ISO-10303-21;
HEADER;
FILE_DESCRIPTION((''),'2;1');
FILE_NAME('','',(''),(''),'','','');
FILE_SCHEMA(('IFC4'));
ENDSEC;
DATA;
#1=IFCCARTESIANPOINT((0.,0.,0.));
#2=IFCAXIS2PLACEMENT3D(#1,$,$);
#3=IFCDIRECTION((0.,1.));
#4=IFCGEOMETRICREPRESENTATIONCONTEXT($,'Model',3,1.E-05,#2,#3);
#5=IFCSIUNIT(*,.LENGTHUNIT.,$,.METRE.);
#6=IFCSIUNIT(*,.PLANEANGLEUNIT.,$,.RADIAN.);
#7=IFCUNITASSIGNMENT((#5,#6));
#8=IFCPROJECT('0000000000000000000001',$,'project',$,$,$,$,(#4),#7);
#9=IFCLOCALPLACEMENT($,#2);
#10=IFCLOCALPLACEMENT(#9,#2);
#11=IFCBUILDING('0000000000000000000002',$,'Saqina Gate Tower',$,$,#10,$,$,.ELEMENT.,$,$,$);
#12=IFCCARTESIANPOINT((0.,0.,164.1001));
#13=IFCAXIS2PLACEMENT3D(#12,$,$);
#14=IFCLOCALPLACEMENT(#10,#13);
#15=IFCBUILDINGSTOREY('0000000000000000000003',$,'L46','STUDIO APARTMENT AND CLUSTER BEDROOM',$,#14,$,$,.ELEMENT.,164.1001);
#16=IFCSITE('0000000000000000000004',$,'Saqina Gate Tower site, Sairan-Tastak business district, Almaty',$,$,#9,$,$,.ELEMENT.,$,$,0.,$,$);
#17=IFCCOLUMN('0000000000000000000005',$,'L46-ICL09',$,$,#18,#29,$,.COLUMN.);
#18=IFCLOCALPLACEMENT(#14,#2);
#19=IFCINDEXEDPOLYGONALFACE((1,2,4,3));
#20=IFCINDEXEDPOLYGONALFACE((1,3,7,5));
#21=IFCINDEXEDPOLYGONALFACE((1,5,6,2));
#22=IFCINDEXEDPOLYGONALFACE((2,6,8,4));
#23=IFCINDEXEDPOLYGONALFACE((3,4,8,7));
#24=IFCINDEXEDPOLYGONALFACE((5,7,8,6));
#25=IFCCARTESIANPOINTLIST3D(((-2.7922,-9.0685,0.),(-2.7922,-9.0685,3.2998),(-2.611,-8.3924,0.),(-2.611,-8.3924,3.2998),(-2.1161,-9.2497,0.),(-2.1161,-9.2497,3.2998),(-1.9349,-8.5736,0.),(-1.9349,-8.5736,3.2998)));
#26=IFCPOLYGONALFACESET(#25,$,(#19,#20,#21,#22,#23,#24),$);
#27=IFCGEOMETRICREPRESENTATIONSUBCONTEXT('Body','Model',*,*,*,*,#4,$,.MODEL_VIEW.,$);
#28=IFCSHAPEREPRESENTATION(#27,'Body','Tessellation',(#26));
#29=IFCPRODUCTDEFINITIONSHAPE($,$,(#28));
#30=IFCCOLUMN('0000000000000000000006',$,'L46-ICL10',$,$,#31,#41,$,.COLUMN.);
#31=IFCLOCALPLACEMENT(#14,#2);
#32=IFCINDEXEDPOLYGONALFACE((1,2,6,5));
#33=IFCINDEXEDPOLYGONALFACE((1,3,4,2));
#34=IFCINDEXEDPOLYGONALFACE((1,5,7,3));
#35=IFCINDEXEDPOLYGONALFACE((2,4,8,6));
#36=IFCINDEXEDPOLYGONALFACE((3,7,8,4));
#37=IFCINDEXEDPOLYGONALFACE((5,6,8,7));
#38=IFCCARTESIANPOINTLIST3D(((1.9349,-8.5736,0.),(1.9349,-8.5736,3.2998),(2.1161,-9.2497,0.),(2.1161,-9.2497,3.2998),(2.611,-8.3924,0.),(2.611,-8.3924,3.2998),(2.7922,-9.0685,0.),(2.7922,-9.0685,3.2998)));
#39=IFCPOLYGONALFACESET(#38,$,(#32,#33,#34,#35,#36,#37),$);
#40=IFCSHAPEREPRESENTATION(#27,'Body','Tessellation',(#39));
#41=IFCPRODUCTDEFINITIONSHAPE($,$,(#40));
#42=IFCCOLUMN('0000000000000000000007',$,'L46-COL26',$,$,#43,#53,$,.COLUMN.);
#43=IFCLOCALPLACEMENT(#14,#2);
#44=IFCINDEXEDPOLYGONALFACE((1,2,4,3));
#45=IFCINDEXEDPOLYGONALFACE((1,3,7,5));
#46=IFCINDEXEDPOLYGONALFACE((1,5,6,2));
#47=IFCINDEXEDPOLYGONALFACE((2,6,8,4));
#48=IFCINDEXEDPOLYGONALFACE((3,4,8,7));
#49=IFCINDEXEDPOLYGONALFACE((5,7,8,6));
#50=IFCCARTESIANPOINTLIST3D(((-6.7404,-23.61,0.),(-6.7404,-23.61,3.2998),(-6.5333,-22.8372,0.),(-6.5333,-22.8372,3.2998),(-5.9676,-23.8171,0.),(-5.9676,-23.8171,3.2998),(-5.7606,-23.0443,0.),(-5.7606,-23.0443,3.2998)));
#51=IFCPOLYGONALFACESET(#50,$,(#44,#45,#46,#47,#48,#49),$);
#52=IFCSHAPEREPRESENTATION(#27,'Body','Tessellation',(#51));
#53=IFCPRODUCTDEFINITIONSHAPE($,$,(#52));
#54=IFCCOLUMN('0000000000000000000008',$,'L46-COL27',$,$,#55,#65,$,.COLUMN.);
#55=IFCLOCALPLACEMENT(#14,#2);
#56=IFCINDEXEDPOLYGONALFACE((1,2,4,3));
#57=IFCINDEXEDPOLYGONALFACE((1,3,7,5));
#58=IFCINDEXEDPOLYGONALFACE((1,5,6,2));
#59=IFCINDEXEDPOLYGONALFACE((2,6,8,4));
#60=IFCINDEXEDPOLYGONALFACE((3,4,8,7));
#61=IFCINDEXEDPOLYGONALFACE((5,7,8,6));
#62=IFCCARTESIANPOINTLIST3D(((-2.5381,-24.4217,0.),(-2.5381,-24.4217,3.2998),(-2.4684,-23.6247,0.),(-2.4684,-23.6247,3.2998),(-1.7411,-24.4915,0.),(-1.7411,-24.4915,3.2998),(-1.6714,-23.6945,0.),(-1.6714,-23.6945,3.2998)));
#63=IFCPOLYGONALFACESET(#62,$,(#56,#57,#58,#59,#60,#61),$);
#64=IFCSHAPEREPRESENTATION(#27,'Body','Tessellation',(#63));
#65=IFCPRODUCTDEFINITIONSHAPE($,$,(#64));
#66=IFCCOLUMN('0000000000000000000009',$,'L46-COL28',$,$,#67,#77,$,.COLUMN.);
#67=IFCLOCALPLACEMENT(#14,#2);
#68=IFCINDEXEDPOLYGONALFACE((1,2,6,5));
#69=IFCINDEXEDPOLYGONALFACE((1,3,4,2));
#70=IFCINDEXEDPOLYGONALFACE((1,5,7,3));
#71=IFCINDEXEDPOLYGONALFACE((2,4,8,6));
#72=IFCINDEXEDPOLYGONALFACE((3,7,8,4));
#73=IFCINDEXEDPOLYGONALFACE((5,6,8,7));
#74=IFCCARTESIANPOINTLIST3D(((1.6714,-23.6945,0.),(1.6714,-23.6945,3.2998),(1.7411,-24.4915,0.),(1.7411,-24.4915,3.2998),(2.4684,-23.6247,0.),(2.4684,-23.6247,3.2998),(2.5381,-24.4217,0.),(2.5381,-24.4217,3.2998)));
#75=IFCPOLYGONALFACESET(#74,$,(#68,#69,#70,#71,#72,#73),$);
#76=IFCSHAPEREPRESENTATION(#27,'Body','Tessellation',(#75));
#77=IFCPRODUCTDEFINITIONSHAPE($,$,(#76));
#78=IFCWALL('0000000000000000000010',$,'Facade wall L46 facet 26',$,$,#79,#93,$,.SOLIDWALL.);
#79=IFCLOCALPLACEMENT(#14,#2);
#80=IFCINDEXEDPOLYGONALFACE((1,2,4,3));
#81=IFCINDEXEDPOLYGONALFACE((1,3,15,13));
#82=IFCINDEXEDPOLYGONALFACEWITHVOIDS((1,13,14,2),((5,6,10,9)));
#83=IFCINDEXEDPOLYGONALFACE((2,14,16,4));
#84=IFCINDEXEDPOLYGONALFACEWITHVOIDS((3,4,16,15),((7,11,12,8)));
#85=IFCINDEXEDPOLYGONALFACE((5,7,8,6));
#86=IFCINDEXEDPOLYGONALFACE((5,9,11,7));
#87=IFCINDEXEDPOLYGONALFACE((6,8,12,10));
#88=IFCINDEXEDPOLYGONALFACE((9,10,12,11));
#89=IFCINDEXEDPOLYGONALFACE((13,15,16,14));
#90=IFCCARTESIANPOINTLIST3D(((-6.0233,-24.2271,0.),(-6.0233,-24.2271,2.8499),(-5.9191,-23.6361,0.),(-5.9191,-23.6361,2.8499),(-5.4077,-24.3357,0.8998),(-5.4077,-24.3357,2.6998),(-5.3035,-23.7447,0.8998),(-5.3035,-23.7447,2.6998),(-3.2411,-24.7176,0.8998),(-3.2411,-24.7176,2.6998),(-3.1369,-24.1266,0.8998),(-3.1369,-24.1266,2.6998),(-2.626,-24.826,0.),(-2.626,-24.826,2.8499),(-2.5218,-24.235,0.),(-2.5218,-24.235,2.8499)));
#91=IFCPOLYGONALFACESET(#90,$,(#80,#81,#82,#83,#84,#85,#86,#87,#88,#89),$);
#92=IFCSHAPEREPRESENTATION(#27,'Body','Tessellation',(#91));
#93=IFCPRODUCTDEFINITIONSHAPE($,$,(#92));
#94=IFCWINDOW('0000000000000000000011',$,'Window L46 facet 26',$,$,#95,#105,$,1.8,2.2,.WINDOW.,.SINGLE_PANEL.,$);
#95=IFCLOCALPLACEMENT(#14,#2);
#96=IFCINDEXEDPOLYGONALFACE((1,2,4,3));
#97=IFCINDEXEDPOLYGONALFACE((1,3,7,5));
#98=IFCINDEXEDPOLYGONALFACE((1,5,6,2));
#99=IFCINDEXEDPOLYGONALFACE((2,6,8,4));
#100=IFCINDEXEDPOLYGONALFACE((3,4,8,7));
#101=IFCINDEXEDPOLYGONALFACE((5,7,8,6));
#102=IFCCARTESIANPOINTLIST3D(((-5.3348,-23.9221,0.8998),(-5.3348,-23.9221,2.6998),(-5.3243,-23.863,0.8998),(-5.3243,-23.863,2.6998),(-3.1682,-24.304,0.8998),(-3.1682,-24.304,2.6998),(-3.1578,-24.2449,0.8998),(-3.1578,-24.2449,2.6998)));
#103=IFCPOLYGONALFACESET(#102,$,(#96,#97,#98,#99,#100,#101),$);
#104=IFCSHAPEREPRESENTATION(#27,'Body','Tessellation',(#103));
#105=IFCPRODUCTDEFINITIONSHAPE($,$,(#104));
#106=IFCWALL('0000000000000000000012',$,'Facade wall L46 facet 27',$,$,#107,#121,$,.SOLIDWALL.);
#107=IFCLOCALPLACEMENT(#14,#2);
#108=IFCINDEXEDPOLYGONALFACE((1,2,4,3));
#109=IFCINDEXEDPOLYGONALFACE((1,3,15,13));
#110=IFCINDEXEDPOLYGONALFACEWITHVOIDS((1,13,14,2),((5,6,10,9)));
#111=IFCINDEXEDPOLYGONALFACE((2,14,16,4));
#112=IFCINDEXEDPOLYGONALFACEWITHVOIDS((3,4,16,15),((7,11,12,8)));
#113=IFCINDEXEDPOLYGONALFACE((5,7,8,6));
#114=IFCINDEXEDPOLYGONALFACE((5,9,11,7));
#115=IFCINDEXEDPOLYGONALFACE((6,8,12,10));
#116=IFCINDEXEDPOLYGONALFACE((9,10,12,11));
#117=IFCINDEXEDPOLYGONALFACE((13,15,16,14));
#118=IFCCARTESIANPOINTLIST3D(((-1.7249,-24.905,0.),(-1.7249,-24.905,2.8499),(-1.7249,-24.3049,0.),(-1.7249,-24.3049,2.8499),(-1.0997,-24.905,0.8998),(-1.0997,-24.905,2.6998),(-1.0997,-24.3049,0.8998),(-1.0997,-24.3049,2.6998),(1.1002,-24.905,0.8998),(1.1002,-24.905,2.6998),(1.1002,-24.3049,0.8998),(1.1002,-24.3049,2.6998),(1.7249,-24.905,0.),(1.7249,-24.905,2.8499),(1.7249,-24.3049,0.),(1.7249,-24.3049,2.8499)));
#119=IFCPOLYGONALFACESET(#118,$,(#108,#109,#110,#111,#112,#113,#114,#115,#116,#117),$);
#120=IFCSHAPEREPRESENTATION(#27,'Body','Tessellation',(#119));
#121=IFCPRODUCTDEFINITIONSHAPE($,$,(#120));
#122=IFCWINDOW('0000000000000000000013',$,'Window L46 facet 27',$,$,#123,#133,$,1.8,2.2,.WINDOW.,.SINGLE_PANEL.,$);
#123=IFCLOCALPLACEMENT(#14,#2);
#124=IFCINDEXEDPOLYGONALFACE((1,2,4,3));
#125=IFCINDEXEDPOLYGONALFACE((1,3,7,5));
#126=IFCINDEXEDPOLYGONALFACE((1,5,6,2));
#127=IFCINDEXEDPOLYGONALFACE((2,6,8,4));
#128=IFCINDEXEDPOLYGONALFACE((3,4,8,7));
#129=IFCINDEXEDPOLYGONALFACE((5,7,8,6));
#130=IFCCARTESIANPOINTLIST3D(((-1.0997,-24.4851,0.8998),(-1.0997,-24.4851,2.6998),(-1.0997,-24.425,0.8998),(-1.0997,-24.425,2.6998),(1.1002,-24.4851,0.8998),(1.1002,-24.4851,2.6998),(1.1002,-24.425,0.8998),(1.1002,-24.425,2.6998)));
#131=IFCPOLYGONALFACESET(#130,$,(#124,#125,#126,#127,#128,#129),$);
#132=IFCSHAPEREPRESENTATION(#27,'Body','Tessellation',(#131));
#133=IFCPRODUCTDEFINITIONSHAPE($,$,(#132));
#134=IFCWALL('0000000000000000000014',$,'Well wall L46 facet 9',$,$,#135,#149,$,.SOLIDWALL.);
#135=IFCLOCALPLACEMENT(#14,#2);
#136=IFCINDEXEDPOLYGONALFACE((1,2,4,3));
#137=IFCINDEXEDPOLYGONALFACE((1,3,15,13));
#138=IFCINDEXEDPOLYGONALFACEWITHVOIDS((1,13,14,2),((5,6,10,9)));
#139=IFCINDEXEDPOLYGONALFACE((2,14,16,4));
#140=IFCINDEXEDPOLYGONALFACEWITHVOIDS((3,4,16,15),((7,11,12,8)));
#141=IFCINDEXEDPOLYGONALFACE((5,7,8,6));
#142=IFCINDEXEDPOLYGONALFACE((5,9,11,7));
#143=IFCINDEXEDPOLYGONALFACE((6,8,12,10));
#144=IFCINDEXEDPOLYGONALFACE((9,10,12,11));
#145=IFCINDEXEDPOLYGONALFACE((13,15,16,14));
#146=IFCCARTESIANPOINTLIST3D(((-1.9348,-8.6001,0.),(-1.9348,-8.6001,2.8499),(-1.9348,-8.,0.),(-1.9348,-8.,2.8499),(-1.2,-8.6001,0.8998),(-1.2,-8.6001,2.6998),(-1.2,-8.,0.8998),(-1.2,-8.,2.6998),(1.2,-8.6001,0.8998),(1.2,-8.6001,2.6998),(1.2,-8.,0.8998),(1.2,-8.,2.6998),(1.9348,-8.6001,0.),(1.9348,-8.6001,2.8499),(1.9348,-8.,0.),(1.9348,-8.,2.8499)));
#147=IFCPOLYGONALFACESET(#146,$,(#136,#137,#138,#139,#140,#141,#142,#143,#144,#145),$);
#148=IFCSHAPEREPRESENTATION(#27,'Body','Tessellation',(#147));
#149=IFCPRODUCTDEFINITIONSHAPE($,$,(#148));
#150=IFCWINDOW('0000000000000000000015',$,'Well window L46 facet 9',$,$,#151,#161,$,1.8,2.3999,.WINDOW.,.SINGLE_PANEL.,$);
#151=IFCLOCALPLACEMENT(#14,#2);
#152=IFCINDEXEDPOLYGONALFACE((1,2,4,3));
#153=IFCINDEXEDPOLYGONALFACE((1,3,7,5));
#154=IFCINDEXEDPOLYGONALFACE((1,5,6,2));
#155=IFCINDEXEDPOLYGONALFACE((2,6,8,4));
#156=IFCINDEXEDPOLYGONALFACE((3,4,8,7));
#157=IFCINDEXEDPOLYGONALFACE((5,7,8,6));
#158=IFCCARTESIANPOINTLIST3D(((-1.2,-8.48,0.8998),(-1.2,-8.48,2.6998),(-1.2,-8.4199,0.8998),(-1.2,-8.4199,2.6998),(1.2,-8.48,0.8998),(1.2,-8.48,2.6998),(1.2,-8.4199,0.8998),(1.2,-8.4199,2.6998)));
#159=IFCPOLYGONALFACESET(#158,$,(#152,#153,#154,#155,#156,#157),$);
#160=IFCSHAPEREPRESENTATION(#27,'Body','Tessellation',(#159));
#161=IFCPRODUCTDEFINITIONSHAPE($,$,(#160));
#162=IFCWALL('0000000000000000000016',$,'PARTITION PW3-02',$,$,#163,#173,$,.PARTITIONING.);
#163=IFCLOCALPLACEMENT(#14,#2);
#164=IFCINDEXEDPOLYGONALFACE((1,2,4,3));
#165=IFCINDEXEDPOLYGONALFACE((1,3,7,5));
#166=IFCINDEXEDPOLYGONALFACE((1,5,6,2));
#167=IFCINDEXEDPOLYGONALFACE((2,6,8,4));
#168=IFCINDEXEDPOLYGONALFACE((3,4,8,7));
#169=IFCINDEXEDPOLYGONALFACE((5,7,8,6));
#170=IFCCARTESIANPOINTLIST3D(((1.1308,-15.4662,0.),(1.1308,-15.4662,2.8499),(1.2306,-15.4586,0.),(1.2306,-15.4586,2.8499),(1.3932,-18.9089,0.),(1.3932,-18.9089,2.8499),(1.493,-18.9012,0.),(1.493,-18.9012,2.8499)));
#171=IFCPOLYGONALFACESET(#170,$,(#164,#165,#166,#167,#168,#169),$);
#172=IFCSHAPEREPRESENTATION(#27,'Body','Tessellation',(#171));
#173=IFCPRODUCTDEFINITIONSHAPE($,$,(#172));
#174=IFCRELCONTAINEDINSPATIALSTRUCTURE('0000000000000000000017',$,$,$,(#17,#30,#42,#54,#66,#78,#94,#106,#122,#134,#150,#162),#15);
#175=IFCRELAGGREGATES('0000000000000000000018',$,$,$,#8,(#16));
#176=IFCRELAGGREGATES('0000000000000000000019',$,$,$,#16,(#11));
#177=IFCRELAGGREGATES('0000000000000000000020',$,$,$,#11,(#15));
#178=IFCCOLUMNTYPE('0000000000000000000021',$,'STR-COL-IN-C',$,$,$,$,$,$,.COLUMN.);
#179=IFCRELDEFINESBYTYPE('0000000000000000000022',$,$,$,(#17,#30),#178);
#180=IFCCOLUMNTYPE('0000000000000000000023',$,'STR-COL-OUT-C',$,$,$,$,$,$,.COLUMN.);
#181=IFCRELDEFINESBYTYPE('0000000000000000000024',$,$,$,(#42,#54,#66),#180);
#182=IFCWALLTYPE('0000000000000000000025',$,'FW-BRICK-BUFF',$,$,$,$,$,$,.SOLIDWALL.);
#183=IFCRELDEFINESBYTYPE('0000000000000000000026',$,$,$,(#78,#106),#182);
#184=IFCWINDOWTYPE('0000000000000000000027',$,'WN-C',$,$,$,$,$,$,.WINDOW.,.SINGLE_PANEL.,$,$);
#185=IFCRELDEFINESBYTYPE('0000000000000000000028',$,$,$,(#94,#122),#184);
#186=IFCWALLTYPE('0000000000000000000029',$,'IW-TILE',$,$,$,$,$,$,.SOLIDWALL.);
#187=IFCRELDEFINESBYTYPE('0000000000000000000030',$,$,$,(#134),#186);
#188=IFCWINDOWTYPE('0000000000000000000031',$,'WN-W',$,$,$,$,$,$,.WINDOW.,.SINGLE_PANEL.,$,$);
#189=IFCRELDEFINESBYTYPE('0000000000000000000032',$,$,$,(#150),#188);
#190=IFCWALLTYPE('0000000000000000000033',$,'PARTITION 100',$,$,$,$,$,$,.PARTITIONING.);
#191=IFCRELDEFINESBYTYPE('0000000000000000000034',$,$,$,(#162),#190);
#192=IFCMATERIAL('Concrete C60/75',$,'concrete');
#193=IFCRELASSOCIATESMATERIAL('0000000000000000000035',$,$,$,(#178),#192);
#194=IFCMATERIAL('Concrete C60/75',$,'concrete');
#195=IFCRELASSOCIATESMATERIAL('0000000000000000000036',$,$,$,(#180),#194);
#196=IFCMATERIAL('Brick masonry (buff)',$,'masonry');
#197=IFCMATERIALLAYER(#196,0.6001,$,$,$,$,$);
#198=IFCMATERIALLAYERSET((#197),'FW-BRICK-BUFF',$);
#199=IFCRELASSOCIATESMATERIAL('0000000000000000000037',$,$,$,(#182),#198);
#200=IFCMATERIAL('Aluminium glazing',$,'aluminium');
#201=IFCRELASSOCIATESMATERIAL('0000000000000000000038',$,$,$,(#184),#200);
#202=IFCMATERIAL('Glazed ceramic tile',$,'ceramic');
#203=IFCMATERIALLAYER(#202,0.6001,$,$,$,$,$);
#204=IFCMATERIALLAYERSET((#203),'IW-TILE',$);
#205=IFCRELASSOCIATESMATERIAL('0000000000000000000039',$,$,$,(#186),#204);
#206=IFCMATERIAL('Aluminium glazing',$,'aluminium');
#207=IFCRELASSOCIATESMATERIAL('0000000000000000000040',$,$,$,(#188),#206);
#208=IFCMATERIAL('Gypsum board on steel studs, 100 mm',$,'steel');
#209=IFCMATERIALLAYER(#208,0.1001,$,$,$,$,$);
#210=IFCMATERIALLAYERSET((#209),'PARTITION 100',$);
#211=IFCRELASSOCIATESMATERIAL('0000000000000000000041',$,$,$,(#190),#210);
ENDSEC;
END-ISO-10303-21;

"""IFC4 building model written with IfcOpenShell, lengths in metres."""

from ifc_helpers import new_model, si_unit, direction, frame, frame_2d, origin, origin_2d, place, context, subcontext, project, spatial, rectangle, extrude, material, layer, layer_set, material_profile, profile_set, type_object, element, fill, save


model = new_model("IFC4")

# Units and contexts
model_context = context("Model", 3, precision=1e-05, world=origin(), true_north=direction((0.0, 1.0)))
body_context = subcontext(model_context, "Body", "Model", "MODEL_VIEW")
ifc_project = project(units=[si_unit("LENGTHUNIT", "METRE"), si_unit("PLANEANGLEUNIT", "RADIAN")], contexts=[model_context])

# Site, building, storey
site_placement = place(None, origin())
site = spatial("IfcSite", under=ifc_project, at=site_placement, Name="Saqina Gate Tower site, Sairan-Tastak business district, Almaty", CompositionType="ELEMENT", RefElevation=0.0)
building_placement = place(site_placement, origin())
building = spatial("IfcBuilding", under=site, at=building_placement, Name="Saqina Gate Tower", CompositionType="ELEMENT")
storey_placement = place(building_placement, frame((0.0, 0.0, 164.1001)))
storey = spatial("IfcBuildingStorey", under=building, at=storey_placement, Name="L46", Description="STUDIO APARTMENT AND CLUSTER BEDROOM", CompositionType="ELEMENT", Elevation=164.1001)

# Columns
ifc_material_1 = material(Name="Concrete C60/75", Category="concrete")
ifc_material_profile_1 = material_profile(ifc_material_1, rectangle(XDim=0.7, YDim=0.7, at=origin_2d()), Name="RC 700x700")
ifc_profile_set_1 = profile_set([ifc_material_profile_1], Name="Concrete C60/75")
column_type_1 = type_object("IfcColumnType", Name="STR-COL-IN-C", PredefinedType="COLUMN", material=ifc_profile_set_1)
for number, where, z_axis, x_axis, name in (
    (1, (-2.3635, -8.821, 0.0), (0.0, 0.0, 1.0), (-0.258819, -0.965926, 0.0), "L46-ICL09"),
    (2, (2.3635, -8.821, 0.0), (0.0, 0.0, 1.0), (0.258819, -0.965926, 0.0), "L46-ICL10"),
):
    element("IfcColumn", number, at=place(storey_placement, frame(where, z_axis=z_axis, x_axis=x_axis)), inside=storey, type_object=column_type_1, Name=name, PredefinedType="COLUMN", context=body_context, shape_type="SweptSolid", body=[
        extrude(rectangle(XDim=0.7, YDim=0.7, at=origin_2d()), origin(), (0.0, 0.0, 1.0), 3.2998),
    ])
ifc_material_2 = material(Name="Concrete C60/75", Category="concrete")
ifc_material_profile_2 = material_profile(ifc_material_2, rectangle(XDim=0.8, YDim=0.8, at=origin_2d()), Name="RC 800x800")
ifc_profile_set_2 = profile_set([ifc_material_profile_2], Name="Concrete C60/75")
column_type_2 = type_object("IfcColumnType", Name="STR-COL-OUT-C", PredefinedType="COLUMN", material=ifc_profile_set_2)
for number, where, z_axis, x_axis, name in (
    (3, (-6.2505, -23.3271, 0.0), (0.0, 0.0, 1.0), (-0.258819, -0.965926, 0.0), "L46-COL26"),
    (4, (-2.1047, -24.0581, 0.0), (0.0, 0.0, 1.0), (-0.087156, -0.996195, 0.0), "L46-COL27"),
    (5, (2.1047, -24.0581, 0.0), (0.0, 0.0, 1.0), (0.087156, -0.996195, 0.0), "L46-COL28"),
):
    element("IfcColumn", number, at=place(storey_placement, frame(where, z_axis=z_axis, x_axis=x_axis)), inside=storey, type_object=column_type_2, Name=name, PredefinedType="COLUMN", context=body_context, shape_type="SweptSolid", body=[
        extrude(rectangle(XDim=0.8, YDim=0.8, at=origin_2d()), origin(), (0.0, 0.0, 1.0), 3.2998),
    ])

# Walls, openings, windows
ifc_material_3 = material(Name="Brick masonry (buff)", Category="masonry")
ifc_layer_1 = layer(ifc_material_3, 0.6001)
ifc_layer_set_1 = layer_set([ifc_layer_1], Name="FW-BRICK-BUFF")
wall_type_1 = type_object("IfcWallType", Name="FW-BRICK-BUFF", PredefinedType="SOLIDWALL", material=ifc_layer_set_1)
wall_1_placement = place(storey_placement, frame((-5.9712, -23.9316, 0.0), z_axis=(0.0, 0.0, 1.0), x_axis=(0.984815, -0.173608, 0.0)))
wall_1 = element("IfcWall", 6, at=wall_1_placement, inside=storey, type_object=wall_type_1, Name="Facade wall L46 facet 26", PredefinedType="SOLIDWALL", context=body_context, shape_type="SweptSolid", body=[
    extrude(rectangle(XDim=3.4497, YDim=0.6001, at=frame_2d((1.7249, 0.0))), origin(), (0.0, 0.0, 1.0), 2.8499),
])
opening_1_placement = place(wall_1_placement, frame((0.625, 0.0, 0.8999)))
opening_1 = element("IfcOpeningElement", 7, at=opening_1_placement, cuts=wall_1, PredefinedType="OPENING", context=body_context, shape_type="SweptSolid", body=[
    extrude(rectangle(XDim=2.2, YDim=1.8, at=frame_2d((1.1001, 0.8999))), frame((0.0, 0.312, 0.0), z_axis=(0.0, -1.0, 0.0), x_axis=(1.0, 0.0, 0.0)), (0.0, 0.0, 1.0), 0.624),
])
ifc_material_4 = material(Name="Aluminium glazing", Category="aluminium")
window_type_1 = type_object("IfcWindowType", Name="WN-C", PartitioningType="SINGLE_PANEL", PredefinedType="WINDOW", material=ifc_material_4)
window_1_placement = place(opening_1_placement, origin())
window_1 = element("IfcWindow", 8, at=window_1_placement, inside=storey, type_object=window_type_1, Name="Window L46 facet 26", OverallHeight=1.8, OverallWidth=2.2, PartitioningType="SINGLE_PANEL", PredefinedType="WINDOW", context=body_context, shape_type="SweptSolid", body=[
    extrude(rectangle(XDim=2.2, YDim=1.8, at=frame_2d((1.1001, 0.8999))), frame((0.0, 0.1799, 0.0), z_axis=(0.0, -1.0, 0.0), x_axis=(1.0, 0.0, 0.0)), (0.0, 0.0, 1.0), 0.0601),
])
fill(opening_1, window_1)
wall_2_placement = place(storey_placement, frame((-1.7249, -24.605, 0.0), z_axis=(0.0, 0.0, 1.0), x_axis=(1.0, 0.0, 0.0)))
wall_2 = element("IfcWall", 9, at=wall_2_placement, inside=storey, type_object=wall_type_1, Name="Facade wall L46 facet 27", PredefinedType="SOLIDWALL", context=body_context, shape_type="SweptSolid", body=[
    extrude(rectangle(XDim=3.4497, YDim=0.6001, at=frame_2d((1.7249, 0.0))), origin(), (0.0, 0.0, 1.0), 2.8499),
])
opening_2_placement = place(wall_2_placement, frame((0.625, 0.0, 0.8999)))
opening_2 = element("IfcOpeningElement", 10, at=opening_2_placement, cuts=wall_2, PredefinedType="OPENING", context=body_context, shape_type="SweptSolid", body=[
    extrude(rectangle(XDim=2.2, YDim=1.8, at=frame_2d((1.1001, 0.8999))), frame((0.0, 0.312, 0.0), z_axis=(0.0, -1.0, 0.0), x_axis=(1.0, 0.0, 0.0)), (0.0, 0.0, 1.0), 0.624),
])
window_2_placement = place(opening_2_placement, origin())
window_2 = element("IfcWindow", 11, at=window_2_placement, inside=storey, type_object=window_type_1, Name="Window L46 facet 27", OverallHeight=1.8, OverallWidth=2.2, PartitioningType="SINGLE_PANEL", PredefinedType="WINDOW", context=body_context, shape_type="SweptSolid", body=[
    extrude(rectangle(XDim=2.2, YDim=1.8, at=frame_2d((1.1001, 0.8999))), frame((0.0, 0.1799, 0.0), z_axis=(0.0, -1.0, 0.0), x_axis=(1.0, 0.0, 0.0)), (0.0, 0.0, 1.0), 0.0601),
])
fill(opening_2, window_2)
ifc_material_5 = material(Name="Glazed ceramic tile", Category="ceramic")
ifc_layer_2 = layer(ifc_material_5, 0.6001)
ifc_layer_set_2 = layer_set([ifc_layer_2], Name="IW-TILE")
wall_type_2 = type_object("IfcWallType", Name="IW-TILE", PredefinedType="SOLIDWALL", material=ifc_layer_set_2)
wall_3_placement = place(storey_placement, frame((-1.9348, -8.3, 0.0), z_axis=(0.0, 0.0, 1.0), x_axis=(1.0, 0.0, 0.0)))
wall_3 = element("IfcWall", 12, at=wall_3_placement, inside=storey, type_object=wall_type_2, Name="Well wall L46 facet 9", PredefinedType="SOLIDWALL", context=body_context, shape_type="SweptSolid", body=[
    extrude(rectangle(XDim=3.8696, YDim=0.6001, at=frame_2d((1.9348, 0.0))), origin(), (0.0, 0.0, 1.0), 2.8499),
])
opening_3_placement = place(wall_3_placement, frame((0.7349, 0.0, 0.8999)))
opening_3 = element("IfcOpeningElement", 13, at=opening_3_placement, cuts=wall_3, PredefinedType="OPENING", context=body_context, shape_type="SweptSolid", body=[
    extrude(rectangle(XDim=2.3999, YDim=1.8, at=frame_2d((1.2, 0.8999))), frame((0.0, 0.312, 0.0), z_axis=(0.0, -1.0, 0.0), x_axis=(1.0, 0.0, 0.0)), (0.0, 0.0, 1.0), 0.624),
])
ifc_material_6 = material(Name="Aluminium glazing", Category="aluminium")
window_type_2 = type_object("IfcWindowType", Name="WN-W", PartitioningType="SINGLE_PANEL", PredefinedType="WINDOW", material=ifc_material_6)
window_3_placement = place(opening_3_placement, origin())
window_3 = element("IfcWindow", 14, at=window_3_placement, inside=storey, type_object=window_type_2, Name="Well window L46 facet 9", OverallHeight=1.8, OverallWidth=2.3999, PartitioningType="SINGLE_PANEL", PredefinedType="WINDOW", context=body_context, shape_type="SweptSolid", body=[
    extrude(rectangle(XDim=2.3999, YDim=1.8, at=frame_2d((1.2, 0.8999))), frame((0.0, -0.1199, 0.0), z_axis=(0.0, -1.0, 0.0), x_axis=(1.0, 0.0, 0.0)), (0.0, 0.0, 1.0), 0.0601),
])
fill(opening_3, window_3)

# Wall
ifc_material_7 = material(Name="Gypsum board on steel studs, 100 mm", Category="steel")
ifc_layer_3 = layer(ifc_material_7, 0.1001)
ifc_layer_set_3 = layer_set([ifc_layer_3], Name="PARTITION 100")
wall_type_3 = type_object("IfcWallType", Name="PARTITION 100", PredefinedType="PARTITIONING", material=ifc_layer_set_3)
wall_4_placement = place(storey_placement, frame((1.1807, -15.4624, 0.0), z_axis=(0.0, 0.0, 1.0), x_axis=(0.076015, -0.997107, 0.0)))
element("IfcWall", 15, at=wall_4_placement, inside=storey, type_object=wall_type_3, Name="PARTITION PW3-02", PredefinedType="PARTITIONING", context=body_context, shape_type="SweptSolid", body=[
    extrude(rectangle(XDim=3.4526, YDim=0.1001, at=frame_2d((1.7263, 0.0))), origin(), (0.0, 0.0, 1.0), 2.8499),
])

save(model, "model.ifc")
